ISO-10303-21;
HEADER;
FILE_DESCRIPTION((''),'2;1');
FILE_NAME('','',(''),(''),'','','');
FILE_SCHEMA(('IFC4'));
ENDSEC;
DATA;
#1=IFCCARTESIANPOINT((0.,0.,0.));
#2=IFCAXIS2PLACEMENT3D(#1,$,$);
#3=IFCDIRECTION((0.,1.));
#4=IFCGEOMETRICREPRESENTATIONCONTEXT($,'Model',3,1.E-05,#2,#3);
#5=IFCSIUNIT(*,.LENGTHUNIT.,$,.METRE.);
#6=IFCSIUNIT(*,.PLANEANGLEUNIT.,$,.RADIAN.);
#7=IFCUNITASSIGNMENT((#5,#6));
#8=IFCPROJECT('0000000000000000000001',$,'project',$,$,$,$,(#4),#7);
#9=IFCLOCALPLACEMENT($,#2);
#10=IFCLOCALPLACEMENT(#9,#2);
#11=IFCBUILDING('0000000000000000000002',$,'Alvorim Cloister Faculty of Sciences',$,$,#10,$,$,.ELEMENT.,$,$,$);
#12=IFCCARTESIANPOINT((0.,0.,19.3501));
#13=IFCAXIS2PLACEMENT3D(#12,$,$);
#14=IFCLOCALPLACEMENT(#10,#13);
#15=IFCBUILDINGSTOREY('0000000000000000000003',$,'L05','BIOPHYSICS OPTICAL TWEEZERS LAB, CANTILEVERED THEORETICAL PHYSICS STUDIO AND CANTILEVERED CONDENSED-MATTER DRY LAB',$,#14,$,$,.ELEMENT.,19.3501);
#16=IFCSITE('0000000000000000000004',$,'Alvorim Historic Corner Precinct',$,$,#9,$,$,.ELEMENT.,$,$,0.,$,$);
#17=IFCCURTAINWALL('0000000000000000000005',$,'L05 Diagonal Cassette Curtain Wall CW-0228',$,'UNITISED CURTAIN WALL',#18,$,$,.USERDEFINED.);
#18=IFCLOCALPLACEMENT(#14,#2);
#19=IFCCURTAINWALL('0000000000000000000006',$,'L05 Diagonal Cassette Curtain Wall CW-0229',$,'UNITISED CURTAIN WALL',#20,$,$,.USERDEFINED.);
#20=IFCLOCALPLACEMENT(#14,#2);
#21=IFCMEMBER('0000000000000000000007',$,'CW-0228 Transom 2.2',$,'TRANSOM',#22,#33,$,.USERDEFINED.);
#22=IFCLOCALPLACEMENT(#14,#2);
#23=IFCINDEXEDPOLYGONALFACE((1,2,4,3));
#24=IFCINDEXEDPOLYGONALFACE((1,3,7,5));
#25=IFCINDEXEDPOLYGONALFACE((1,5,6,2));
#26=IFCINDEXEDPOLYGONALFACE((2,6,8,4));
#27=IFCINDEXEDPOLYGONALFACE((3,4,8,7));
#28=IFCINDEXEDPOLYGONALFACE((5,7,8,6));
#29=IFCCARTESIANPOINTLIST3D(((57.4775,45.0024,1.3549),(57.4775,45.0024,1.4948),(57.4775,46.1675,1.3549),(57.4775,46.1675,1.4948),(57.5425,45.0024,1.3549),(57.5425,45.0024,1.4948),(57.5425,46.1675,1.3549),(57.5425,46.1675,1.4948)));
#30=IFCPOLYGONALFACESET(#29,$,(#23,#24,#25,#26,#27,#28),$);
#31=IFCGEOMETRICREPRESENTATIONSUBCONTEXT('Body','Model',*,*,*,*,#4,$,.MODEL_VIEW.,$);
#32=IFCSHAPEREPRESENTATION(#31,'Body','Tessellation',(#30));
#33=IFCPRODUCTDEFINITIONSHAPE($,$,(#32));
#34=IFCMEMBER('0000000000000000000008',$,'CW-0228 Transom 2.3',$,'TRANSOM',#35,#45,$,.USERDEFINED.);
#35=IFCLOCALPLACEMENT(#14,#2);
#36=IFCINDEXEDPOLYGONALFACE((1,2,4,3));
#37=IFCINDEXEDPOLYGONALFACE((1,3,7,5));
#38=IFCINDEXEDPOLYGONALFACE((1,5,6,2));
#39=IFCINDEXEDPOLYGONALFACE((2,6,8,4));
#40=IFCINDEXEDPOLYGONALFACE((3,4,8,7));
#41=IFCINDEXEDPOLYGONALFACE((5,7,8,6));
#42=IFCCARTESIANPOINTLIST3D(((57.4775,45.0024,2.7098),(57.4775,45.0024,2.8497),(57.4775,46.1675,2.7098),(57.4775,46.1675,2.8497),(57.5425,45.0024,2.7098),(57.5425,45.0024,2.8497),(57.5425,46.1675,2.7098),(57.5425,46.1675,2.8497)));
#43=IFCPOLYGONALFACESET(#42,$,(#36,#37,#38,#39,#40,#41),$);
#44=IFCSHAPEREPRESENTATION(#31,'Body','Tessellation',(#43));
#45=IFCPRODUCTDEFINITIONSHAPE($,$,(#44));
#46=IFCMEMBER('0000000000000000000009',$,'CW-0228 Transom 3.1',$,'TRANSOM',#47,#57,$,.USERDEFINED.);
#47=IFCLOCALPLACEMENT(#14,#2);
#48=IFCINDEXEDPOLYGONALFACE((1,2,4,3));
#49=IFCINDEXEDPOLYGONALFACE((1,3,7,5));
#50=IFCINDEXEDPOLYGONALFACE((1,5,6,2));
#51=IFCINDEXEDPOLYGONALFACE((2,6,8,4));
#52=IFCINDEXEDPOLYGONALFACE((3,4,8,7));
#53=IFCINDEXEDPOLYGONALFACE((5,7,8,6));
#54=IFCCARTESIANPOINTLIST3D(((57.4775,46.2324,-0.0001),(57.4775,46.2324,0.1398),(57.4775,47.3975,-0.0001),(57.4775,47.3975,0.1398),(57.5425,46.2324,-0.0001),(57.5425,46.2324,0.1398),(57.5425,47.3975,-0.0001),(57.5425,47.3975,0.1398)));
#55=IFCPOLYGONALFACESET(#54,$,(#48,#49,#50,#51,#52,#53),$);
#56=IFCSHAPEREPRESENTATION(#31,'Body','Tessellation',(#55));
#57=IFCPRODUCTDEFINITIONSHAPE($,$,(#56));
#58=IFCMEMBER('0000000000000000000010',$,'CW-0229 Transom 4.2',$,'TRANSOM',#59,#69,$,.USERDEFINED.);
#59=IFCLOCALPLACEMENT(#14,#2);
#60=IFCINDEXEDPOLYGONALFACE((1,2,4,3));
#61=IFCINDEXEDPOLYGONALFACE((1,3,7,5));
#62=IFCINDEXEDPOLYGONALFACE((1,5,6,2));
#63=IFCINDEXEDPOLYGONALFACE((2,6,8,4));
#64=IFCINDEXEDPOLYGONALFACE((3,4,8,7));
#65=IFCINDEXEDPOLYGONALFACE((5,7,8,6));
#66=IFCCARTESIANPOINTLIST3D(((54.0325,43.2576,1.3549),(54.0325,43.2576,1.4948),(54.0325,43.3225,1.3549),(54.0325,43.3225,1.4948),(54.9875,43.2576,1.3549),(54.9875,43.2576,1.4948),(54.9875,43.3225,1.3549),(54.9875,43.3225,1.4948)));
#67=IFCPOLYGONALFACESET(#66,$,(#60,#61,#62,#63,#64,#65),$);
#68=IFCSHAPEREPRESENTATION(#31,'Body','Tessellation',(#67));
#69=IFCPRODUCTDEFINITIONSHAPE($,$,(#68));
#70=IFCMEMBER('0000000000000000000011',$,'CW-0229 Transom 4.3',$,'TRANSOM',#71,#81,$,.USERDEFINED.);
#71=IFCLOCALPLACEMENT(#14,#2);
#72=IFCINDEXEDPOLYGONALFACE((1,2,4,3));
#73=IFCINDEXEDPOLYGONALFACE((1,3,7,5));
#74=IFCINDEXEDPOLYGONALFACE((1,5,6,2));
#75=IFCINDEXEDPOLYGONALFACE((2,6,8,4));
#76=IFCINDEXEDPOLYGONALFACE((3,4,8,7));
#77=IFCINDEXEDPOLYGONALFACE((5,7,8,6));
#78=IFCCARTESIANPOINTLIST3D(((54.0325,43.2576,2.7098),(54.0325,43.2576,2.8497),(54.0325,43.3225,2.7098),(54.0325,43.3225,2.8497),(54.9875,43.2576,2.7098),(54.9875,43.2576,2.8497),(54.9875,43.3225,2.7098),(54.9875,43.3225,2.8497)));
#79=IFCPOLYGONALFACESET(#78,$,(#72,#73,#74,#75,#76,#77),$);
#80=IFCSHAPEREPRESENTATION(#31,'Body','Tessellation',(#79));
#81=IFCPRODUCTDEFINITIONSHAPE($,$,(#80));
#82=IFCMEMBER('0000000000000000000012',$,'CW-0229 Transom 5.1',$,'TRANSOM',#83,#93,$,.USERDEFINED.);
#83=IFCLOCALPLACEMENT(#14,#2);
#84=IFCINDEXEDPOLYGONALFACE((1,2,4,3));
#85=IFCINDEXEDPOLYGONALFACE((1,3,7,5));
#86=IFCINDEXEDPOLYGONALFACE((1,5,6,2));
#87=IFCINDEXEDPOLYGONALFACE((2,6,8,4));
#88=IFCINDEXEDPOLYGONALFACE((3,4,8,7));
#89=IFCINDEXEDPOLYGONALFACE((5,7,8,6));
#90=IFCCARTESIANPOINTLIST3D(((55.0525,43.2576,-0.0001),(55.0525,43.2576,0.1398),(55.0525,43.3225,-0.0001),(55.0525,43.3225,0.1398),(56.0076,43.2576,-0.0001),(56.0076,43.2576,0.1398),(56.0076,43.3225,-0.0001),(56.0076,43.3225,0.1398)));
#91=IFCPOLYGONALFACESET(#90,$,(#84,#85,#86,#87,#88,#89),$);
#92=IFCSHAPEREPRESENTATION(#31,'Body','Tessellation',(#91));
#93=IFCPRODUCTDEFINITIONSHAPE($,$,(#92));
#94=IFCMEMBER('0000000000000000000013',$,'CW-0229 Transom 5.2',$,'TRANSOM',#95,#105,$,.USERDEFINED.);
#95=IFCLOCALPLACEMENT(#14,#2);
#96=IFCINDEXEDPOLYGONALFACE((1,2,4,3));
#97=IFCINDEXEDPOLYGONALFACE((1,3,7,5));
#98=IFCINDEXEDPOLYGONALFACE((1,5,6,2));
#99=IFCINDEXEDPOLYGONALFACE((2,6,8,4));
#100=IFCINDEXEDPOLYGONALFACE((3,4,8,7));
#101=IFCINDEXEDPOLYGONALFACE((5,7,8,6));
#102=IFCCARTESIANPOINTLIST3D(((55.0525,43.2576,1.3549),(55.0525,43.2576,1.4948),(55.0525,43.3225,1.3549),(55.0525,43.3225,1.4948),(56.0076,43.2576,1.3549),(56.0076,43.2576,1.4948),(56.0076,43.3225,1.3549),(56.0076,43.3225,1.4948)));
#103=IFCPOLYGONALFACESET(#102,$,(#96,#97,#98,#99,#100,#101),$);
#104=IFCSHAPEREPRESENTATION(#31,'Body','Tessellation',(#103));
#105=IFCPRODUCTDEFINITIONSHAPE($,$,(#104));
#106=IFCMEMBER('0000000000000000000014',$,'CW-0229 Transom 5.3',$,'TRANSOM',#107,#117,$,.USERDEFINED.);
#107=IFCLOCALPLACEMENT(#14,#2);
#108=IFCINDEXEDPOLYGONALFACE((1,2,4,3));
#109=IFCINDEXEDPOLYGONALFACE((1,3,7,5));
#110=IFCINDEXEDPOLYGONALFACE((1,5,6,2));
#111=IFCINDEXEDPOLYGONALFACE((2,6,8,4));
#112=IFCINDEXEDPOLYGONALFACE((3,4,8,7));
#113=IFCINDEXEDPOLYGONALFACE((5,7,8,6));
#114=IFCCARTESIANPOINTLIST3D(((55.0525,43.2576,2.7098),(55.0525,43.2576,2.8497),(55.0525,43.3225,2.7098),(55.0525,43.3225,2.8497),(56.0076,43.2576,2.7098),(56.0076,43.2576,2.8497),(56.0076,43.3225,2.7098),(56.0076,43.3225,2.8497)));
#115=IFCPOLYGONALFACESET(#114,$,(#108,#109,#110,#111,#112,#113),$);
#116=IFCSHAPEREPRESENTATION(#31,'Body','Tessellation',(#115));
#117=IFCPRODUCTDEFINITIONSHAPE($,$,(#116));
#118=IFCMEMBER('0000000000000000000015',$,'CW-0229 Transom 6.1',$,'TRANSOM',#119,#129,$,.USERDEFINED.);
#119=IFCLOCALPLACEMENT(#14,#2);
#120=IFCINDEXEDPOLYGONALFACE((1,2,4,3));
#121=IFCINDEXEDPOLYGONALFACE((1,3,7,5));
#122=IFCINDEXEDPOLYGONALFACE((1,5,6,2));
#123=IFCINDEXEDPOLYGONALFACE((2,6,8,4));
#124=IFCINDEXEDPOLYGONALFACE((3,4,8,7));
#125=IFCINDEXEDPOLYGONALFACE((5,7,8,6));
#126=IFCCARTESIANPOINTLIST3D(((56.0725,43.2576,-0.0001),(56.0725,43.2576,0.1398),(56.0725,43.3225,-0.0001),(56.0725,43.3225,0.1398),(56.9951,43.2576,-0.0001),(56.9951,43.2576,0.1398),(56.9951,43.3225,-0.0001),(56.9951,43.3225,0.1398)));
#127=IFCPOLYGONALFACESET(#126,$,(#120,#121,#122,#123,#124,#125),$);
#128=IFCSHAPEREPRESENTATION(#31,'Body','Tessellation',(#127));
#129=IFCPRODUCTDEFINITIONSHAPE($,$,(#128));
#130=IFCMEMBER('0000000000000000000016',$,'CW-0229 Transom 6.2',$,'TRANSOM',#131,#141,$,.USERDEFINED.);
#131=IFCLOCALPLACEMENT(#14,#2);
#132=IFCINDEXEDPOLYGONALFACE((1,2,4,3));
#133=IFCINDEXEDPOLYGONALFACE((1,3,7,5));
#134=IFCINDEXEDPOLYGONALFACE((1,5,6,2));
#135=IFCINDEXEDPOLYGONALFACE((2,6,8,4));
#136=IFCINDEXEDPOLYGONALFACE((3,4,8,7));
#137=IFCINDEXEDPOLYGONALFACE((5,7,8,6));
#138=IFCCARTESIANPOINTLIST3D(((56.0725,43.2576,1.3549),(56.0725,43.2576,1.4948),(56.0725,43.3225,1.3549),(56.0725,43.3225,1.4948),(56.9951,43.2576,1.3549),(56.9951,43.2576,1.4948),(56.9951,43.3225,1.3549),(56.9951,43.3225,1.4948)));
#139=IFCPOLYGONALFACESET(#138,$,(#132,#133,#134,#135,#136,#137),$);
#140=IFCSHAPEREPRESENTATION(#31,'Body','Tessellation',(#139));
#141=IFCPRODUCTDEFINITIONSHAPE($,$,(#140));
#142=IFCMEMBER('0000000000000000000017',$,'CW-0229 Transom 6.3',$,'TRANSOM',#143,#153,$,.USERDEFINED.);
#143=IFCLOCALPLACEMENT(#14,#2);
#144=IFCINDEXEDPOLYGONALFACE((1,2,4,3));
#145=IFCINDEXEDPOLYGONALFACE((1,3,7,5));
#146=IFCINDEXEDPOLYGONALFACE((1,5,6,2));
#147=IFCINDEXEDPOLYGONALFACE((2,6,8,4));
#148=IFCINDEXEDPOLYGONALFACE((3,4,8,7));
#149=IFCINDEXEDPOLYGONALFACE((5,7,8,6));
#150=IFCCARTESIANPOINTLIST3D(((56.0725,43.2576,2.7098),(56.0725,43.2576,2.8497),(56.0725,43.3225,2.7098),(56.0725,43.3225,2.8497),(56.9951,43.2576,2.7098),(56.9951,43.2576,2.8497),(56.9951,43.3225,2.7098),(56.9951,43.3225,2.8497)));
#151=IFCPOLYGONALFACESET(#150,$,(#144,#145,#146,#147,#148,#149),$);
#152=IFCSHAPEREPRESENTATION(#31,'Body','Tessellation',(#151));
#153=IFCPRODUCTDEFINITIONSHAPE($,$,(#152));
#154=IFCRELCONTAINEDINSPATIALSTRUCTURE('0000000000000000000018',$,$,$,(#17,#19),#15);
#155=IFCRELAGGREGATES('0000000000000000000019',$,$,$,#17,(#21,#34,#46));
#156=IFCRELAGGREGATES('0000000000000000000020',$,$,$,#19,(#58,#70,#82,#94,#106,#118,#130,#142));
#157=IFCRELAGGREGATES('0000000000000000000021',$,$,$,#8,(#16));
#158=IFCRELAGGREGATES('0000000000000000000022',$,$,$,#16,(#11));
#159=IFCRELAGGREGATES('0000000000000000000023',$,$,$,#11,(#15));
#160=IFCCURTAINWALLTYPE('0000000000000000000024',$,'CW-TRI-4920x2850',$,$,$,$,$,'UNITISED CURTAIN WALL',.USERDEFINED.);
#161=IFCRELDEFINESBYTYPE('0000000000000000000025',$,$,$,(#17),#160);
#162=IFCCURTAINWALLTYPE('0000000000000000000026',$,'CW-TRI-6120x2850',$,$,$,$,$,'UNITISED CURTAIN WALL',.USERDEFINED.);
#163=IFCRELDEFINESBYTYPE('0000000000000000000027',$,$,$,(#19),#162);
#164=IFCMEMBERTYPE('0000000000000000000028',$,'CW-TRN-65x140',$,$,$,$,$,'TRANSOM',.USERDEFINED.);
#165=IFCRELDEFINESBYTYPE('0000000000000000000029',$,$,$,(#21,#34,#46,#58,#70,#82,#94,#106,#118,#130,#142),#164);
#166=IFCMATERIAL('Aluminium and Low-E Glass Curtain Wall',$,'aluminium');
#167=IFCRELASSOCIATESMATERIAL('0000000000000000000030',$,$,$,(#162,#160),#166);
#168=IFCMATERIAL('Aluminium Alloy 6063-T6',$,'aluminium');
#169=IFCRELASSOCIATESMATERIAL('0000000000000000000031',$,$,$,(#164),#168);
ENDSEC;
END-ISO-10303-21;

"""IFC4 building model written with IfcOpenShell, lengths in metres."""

from ifc_helpers import new_model, si_unit, direction, frame, origin, origin_2d, place, context, subcontext, project, spatial, rectangle, extrude, material, material_profile, profile_set, type_object, element, aggregate, save


model = new_model("IFC4")

# Units and contexts
model_context = context("Model", 3, precision=1e-05, world=origin(), true_north=direction((0.0, 1.0)))
body_context = subcontext(model_context, "Body", "Model", "MODEL_VIEW")
ifc_project = project(units=[si_unit("LENGTHUNIT", "METRE"), si_unit("PLANEANGLEUNIT", "RADIAN")], contexts=[model_context])

# Site, building, storey
site_placement = place(None, origin())
site = spatial("IfcSite", under=ifc_project, at=site_placement, Name="Alvorim Historic Corner Precinct", CompositionType="ELEMENT", RefElevation=0.0)
building_placement = place(site_placement, origin())
building = spatial("IfcBuilding", under=site, at=building_placement, Name="Alvorim Cloister Faculty of Sciences", CompositionType="ELEMENT")
storey_placement = place(building_placement, frame((0.0, 0.0, 19.3501)))
storey = spatial("IfcBuildingStorey", under=building, at=storey_placement, Name="L05", Description="BIOPHYSICS OPTICAL TWEEZERS LAB, CANTILEVERED THEORETICAL PHYSICS STUDIO AND CANTILEVERED CONDENSED-MATTER DRY LAB", CompositionType="ELEMENT", Elevation=19.3501)

# Shared definitions
ifc_material_1 = material(Name="Aluminium and Low-E Glass Curtain Wall", Category="aluminium")
curtain_wall_type_1 = type_object("IfcCurtainWallType", Name="CW-TRI-6120x2850", ElementType="UNITISED CURTAIN WALL", PredefinedType="USERDEFINED", material=ifc_material_1)
ifc_material_2 = material(Name="Aluminium Alloy 6063-T6", Category="aluminium")

# Curtain walls
curtain_wall_type_2 = type_object("IfcCurtainWallType", Name="CW-TRI-4920x2850", ElementType="UNITISED CURTAIN WALL", PredefinedType="USERDEFINED", material=ifc_material_1)
curtain_wall_1_placement = place(storey_placement, origin())
curtain_wall_1 = element("IfcCurtainWall", 1, at=curtain_wall_1_placement, inside=storey, type_object=curtain_wall_type_2, Name="L05 Diagonal Cassette Curtain Wall CW-0228", ObjectType="UNITISED CURTAIN WALL", PredefinedType="USERDEFINED")
curtain_wall_2_placement = place(storey_placement, origin())
curtain_wall_2 = element("IfcCurtainWall", 2, at=curtain_wall_2_placement, inside=storey, type_object=curtain_wall_type_1, Name="L05 Diagonal Cassette Curtain Wall CW-0229", ObjectType="UNITISED CURTAIN WALL", PredefinedType="USERDEFINED")

# Members
ifc_material_profile_1 = material_profile(ifc_material_2, rectangle(XDim=0.0649, YDim=0.1399, at=origin_2d()), Name="ALU-TRN-65x140")
ifc_profile_set_1 = profile_set([ifc_material_profile_1], Name="Aluminium Alloy 6063-T6")
member_type_1 = type_object("IfcMemberType", Name="CW-TRN-65x140", ElementType="TRANSOM", PredefinedType="USERDEFINED", material=ifc_profile_set_1)
member_1_placement = place(storey_placement, frame((57.51, 45.0024, 1.4248), z_axis=(0.0, 1.0, 0.0), x_axis=(-1.0, 0.0, 0.0)))
member_1 = element("IfcMember", 3, at=member_1_placement, type_object=member_type_1, Name="CW-0228 Transom 2.2", ObjectType="TRANSOM", PredefinedType="USERDEFINED", context=body_context, shape_type="SweptSolid", body=[
    extrude(rectangle(XDim=0.0649, YDim=0.1399, at=origin_2d()), origin(), (0.0, 0.0, 1.0), 1.165),
])
member_2_placement = place(storey_placement, frame((57.51, 45.0024, 2.7798), z_axis=(0.0, 1.0, 0.0), x_axis=(-1.0, 0.0, 0.0)))
member_2 = element("IfcMember", 4, at=member_2_placement, type_object=member_type_1, Name="CW-0228 Transom 2.3", ObjectType="TRANSOM", PredefinedType="USERDEFINED", context=body_context, shape_type="SweptSolid", body=[
    extrude(rectangle(XDim=0.0649, YDim=0.1399, at=origin_2d()), origin(), (0.0, 0.0, 1.0), 1.165),
])
member_3_placement = place(storey_placement, frame((57.51, 46.2324, 0.0698), z_axis=(0.0, 1.0, 0.0), x_axis=(-1.0, 0.0, 0.0)))
member_3 = element("IfcMember", 5, at=member_3_placement, type_object=member_type_1, Name="CW-0228 Transom 3.1", ObjectType="TRANSOM", PredefinedType="USERDEFINED", context=body_context, shape_type="SweptSolid", body=[
    extrude(rectangle(XDim=0.0649, YDim=0.1399, at=origin_2d()), origin(), (0.0, 0.0, 1.0), 1.165),
])
aggregate(curtain_wall_1, [member_1, member_2, member_3])
member_4_placement = place(storey_placement, frame((54.0325, 43.29, 1.4248), z_axis=(1.0, 0.0, 0.0), x_axis=(0.0, 1.0, 0.0)))
member_4 = element("IfcMember", 6, at=member_4_placement, type_object=member_type_1, Name="CW-0229 Transom 4.2", ObjectType="TRANSOM", PredefinedType="USERDEFINED", context=body_context, shape_type="SweptSolid", body=[
    extrude(rectangle(XDim=0.0649, YDim=0.1399, at=origin_2d()), origin(), (0.0, 0.0, 1.0), 0.9551),
])
member_5_placement = place(storey_placement, frame((54.0325, 43.29, 2.7798), z_axis=(1.0, 0.0, 0.0), x_axis=(0.0, 1.0, 0.0)))
member_5 = element("IfcMember", 7, at=member_5_placement, type_object=member_type_1, Name="CW-0229 Transom 4.3", ObjectType="TRANSOM", PredefinedType="USERDEFINED", context=body_context, shape_type="SweptSolid", body=[
    extrude(rectangle(XDim=0.0649, YDim=0.1399, at=origin_2d()), origin(), (0.0, 0.0, 1.0), 0.9551),
])
member_6_placement = place(storey_placement, frame((55.0525, 43.29, 0.0698), z_axis=(1.0, 0.0, 0.0), x_axis=(0.0, 1.0, 0.0)))
member_6 = element("IfcMember", 8, at=member_6_placement, type_object=member_type_1, Name="CW-0229 Transom 5.1", ObjectType="TRANSOM", PredefinedType="USERDEFINED", context=body_context, shape_type="SweptSolid", body=[
    extrude(rectangle(XDim=0.0649, YDim=0.1399, at=origin_2d()), origin(), (0.0, 0.0, 1.0), 0.9551),
])
member_7_placement = place(storey_placement, frame((55.0525, 43.29, 1.4248), z_axis=(1.0, 0.0, 0.0), x_axis=(0.0, 1.0, 0.0)))
member_7 = element("IfcMember", 9, at=member_7_placement, type_object=member_type_1, Name="CW-0229 Transom 5.2", ObjectType="TRANSOM", PredefinedType="USERDEFINED", context=body_context, shape_type="SweptSolid", body=[
    extrude(rectangle(XDim=0.0649, YDim=0.1399, at=origin_2d()), origin(), (0.0, 0.0, 1.0), 0.9551),
])
member_8_placement = place(storey_placement, frame((55.0525, 43.29, 2.7798), z_axis=(1.0, 0.0, 0.0), x_axis=(0.0, 1.0, 0.0)))
member_8 = element("IfcMember", 10, at=member_8_placement, type_object=member_type_1, Name="CW-0229 Transom 5.3", ObjectType="TRANSOM", PredefinedType="USERDEFINED", context=body_context, shape_type="SweptSolid", body=[
    extrude(rectangle(XDim=0.0649, YDim=0.1399, at=origin_2d()), origin(), (0.0, 0.0, 1.0), 0.9551),
])
member_9_placement = place(storey_placement, frame((56.0725, 43.29, 0.0698), z_axis=(1.0, 0.0, 0.0), x_axis=(0.0, 1.0, 0.0)))
member_9 = element("IfcMember", 11, at=member_9_placement, type_object=member_type_1, Name="CW-0229 Transom 6.1", ObjectType="TRANSOM", PredefinedType="USERDEFINED", context=body_context, shape_type="SweptSolid", body=[
    extrude(rectangle(XDim=0.0649, YDim=0.1399, at=origin_2d()), origin(), (0.0, 0.0, 1.0), 0.9226),
])
member_10_placement = place(storey_placement, frame((56.0725, 43.29, 1.4248), z_axis=(1.0, 0.0, 0.0), x_axis=(0.0, 1.0, 0.0)))
member_10 = element("IfcMember", 12, at=member_10_placement, type_object=member_type_1, Name="CW-0229 Transom 6.2", ObjectType="TRANSOM", PredefinedType="USERDEFINED", context=body_context, shape_type="SweptSolid", body=[
    extrude(rectangle(XDim=0.0649, YDim=0.1399, at=origin_2d()), origin(), (0.0, 0.0, 1.0), 0.9226),
])
member_11_placement = place(storey_placement, frame((56.0725, 43.29, 2.7798), z_axis=(1.0, 0.0, 0.0), x_axis=(0.0, 1.0, 0.0)))
member_11 = element("IfcMember", 13, at=member_11_placement, type_object=member_type_1, Name="CW-0229 Transom 6.3", ObjectType="TRANSOM", PredefinedType="USERDEFINED", context=body_context, shape_type="SweptSolid", body=[
    extrude(rectangle(XDim=0.0649, YDim=0.1399, at=origin_2d()), origin(), (0.0, 0.0, 1.0), 0.9226),
])
aggregate(curtain_wall_2, [member_4, member_5, member_6, member_7, member_8, member_9, member_10, member_11])

save(model, "model.ifc")
